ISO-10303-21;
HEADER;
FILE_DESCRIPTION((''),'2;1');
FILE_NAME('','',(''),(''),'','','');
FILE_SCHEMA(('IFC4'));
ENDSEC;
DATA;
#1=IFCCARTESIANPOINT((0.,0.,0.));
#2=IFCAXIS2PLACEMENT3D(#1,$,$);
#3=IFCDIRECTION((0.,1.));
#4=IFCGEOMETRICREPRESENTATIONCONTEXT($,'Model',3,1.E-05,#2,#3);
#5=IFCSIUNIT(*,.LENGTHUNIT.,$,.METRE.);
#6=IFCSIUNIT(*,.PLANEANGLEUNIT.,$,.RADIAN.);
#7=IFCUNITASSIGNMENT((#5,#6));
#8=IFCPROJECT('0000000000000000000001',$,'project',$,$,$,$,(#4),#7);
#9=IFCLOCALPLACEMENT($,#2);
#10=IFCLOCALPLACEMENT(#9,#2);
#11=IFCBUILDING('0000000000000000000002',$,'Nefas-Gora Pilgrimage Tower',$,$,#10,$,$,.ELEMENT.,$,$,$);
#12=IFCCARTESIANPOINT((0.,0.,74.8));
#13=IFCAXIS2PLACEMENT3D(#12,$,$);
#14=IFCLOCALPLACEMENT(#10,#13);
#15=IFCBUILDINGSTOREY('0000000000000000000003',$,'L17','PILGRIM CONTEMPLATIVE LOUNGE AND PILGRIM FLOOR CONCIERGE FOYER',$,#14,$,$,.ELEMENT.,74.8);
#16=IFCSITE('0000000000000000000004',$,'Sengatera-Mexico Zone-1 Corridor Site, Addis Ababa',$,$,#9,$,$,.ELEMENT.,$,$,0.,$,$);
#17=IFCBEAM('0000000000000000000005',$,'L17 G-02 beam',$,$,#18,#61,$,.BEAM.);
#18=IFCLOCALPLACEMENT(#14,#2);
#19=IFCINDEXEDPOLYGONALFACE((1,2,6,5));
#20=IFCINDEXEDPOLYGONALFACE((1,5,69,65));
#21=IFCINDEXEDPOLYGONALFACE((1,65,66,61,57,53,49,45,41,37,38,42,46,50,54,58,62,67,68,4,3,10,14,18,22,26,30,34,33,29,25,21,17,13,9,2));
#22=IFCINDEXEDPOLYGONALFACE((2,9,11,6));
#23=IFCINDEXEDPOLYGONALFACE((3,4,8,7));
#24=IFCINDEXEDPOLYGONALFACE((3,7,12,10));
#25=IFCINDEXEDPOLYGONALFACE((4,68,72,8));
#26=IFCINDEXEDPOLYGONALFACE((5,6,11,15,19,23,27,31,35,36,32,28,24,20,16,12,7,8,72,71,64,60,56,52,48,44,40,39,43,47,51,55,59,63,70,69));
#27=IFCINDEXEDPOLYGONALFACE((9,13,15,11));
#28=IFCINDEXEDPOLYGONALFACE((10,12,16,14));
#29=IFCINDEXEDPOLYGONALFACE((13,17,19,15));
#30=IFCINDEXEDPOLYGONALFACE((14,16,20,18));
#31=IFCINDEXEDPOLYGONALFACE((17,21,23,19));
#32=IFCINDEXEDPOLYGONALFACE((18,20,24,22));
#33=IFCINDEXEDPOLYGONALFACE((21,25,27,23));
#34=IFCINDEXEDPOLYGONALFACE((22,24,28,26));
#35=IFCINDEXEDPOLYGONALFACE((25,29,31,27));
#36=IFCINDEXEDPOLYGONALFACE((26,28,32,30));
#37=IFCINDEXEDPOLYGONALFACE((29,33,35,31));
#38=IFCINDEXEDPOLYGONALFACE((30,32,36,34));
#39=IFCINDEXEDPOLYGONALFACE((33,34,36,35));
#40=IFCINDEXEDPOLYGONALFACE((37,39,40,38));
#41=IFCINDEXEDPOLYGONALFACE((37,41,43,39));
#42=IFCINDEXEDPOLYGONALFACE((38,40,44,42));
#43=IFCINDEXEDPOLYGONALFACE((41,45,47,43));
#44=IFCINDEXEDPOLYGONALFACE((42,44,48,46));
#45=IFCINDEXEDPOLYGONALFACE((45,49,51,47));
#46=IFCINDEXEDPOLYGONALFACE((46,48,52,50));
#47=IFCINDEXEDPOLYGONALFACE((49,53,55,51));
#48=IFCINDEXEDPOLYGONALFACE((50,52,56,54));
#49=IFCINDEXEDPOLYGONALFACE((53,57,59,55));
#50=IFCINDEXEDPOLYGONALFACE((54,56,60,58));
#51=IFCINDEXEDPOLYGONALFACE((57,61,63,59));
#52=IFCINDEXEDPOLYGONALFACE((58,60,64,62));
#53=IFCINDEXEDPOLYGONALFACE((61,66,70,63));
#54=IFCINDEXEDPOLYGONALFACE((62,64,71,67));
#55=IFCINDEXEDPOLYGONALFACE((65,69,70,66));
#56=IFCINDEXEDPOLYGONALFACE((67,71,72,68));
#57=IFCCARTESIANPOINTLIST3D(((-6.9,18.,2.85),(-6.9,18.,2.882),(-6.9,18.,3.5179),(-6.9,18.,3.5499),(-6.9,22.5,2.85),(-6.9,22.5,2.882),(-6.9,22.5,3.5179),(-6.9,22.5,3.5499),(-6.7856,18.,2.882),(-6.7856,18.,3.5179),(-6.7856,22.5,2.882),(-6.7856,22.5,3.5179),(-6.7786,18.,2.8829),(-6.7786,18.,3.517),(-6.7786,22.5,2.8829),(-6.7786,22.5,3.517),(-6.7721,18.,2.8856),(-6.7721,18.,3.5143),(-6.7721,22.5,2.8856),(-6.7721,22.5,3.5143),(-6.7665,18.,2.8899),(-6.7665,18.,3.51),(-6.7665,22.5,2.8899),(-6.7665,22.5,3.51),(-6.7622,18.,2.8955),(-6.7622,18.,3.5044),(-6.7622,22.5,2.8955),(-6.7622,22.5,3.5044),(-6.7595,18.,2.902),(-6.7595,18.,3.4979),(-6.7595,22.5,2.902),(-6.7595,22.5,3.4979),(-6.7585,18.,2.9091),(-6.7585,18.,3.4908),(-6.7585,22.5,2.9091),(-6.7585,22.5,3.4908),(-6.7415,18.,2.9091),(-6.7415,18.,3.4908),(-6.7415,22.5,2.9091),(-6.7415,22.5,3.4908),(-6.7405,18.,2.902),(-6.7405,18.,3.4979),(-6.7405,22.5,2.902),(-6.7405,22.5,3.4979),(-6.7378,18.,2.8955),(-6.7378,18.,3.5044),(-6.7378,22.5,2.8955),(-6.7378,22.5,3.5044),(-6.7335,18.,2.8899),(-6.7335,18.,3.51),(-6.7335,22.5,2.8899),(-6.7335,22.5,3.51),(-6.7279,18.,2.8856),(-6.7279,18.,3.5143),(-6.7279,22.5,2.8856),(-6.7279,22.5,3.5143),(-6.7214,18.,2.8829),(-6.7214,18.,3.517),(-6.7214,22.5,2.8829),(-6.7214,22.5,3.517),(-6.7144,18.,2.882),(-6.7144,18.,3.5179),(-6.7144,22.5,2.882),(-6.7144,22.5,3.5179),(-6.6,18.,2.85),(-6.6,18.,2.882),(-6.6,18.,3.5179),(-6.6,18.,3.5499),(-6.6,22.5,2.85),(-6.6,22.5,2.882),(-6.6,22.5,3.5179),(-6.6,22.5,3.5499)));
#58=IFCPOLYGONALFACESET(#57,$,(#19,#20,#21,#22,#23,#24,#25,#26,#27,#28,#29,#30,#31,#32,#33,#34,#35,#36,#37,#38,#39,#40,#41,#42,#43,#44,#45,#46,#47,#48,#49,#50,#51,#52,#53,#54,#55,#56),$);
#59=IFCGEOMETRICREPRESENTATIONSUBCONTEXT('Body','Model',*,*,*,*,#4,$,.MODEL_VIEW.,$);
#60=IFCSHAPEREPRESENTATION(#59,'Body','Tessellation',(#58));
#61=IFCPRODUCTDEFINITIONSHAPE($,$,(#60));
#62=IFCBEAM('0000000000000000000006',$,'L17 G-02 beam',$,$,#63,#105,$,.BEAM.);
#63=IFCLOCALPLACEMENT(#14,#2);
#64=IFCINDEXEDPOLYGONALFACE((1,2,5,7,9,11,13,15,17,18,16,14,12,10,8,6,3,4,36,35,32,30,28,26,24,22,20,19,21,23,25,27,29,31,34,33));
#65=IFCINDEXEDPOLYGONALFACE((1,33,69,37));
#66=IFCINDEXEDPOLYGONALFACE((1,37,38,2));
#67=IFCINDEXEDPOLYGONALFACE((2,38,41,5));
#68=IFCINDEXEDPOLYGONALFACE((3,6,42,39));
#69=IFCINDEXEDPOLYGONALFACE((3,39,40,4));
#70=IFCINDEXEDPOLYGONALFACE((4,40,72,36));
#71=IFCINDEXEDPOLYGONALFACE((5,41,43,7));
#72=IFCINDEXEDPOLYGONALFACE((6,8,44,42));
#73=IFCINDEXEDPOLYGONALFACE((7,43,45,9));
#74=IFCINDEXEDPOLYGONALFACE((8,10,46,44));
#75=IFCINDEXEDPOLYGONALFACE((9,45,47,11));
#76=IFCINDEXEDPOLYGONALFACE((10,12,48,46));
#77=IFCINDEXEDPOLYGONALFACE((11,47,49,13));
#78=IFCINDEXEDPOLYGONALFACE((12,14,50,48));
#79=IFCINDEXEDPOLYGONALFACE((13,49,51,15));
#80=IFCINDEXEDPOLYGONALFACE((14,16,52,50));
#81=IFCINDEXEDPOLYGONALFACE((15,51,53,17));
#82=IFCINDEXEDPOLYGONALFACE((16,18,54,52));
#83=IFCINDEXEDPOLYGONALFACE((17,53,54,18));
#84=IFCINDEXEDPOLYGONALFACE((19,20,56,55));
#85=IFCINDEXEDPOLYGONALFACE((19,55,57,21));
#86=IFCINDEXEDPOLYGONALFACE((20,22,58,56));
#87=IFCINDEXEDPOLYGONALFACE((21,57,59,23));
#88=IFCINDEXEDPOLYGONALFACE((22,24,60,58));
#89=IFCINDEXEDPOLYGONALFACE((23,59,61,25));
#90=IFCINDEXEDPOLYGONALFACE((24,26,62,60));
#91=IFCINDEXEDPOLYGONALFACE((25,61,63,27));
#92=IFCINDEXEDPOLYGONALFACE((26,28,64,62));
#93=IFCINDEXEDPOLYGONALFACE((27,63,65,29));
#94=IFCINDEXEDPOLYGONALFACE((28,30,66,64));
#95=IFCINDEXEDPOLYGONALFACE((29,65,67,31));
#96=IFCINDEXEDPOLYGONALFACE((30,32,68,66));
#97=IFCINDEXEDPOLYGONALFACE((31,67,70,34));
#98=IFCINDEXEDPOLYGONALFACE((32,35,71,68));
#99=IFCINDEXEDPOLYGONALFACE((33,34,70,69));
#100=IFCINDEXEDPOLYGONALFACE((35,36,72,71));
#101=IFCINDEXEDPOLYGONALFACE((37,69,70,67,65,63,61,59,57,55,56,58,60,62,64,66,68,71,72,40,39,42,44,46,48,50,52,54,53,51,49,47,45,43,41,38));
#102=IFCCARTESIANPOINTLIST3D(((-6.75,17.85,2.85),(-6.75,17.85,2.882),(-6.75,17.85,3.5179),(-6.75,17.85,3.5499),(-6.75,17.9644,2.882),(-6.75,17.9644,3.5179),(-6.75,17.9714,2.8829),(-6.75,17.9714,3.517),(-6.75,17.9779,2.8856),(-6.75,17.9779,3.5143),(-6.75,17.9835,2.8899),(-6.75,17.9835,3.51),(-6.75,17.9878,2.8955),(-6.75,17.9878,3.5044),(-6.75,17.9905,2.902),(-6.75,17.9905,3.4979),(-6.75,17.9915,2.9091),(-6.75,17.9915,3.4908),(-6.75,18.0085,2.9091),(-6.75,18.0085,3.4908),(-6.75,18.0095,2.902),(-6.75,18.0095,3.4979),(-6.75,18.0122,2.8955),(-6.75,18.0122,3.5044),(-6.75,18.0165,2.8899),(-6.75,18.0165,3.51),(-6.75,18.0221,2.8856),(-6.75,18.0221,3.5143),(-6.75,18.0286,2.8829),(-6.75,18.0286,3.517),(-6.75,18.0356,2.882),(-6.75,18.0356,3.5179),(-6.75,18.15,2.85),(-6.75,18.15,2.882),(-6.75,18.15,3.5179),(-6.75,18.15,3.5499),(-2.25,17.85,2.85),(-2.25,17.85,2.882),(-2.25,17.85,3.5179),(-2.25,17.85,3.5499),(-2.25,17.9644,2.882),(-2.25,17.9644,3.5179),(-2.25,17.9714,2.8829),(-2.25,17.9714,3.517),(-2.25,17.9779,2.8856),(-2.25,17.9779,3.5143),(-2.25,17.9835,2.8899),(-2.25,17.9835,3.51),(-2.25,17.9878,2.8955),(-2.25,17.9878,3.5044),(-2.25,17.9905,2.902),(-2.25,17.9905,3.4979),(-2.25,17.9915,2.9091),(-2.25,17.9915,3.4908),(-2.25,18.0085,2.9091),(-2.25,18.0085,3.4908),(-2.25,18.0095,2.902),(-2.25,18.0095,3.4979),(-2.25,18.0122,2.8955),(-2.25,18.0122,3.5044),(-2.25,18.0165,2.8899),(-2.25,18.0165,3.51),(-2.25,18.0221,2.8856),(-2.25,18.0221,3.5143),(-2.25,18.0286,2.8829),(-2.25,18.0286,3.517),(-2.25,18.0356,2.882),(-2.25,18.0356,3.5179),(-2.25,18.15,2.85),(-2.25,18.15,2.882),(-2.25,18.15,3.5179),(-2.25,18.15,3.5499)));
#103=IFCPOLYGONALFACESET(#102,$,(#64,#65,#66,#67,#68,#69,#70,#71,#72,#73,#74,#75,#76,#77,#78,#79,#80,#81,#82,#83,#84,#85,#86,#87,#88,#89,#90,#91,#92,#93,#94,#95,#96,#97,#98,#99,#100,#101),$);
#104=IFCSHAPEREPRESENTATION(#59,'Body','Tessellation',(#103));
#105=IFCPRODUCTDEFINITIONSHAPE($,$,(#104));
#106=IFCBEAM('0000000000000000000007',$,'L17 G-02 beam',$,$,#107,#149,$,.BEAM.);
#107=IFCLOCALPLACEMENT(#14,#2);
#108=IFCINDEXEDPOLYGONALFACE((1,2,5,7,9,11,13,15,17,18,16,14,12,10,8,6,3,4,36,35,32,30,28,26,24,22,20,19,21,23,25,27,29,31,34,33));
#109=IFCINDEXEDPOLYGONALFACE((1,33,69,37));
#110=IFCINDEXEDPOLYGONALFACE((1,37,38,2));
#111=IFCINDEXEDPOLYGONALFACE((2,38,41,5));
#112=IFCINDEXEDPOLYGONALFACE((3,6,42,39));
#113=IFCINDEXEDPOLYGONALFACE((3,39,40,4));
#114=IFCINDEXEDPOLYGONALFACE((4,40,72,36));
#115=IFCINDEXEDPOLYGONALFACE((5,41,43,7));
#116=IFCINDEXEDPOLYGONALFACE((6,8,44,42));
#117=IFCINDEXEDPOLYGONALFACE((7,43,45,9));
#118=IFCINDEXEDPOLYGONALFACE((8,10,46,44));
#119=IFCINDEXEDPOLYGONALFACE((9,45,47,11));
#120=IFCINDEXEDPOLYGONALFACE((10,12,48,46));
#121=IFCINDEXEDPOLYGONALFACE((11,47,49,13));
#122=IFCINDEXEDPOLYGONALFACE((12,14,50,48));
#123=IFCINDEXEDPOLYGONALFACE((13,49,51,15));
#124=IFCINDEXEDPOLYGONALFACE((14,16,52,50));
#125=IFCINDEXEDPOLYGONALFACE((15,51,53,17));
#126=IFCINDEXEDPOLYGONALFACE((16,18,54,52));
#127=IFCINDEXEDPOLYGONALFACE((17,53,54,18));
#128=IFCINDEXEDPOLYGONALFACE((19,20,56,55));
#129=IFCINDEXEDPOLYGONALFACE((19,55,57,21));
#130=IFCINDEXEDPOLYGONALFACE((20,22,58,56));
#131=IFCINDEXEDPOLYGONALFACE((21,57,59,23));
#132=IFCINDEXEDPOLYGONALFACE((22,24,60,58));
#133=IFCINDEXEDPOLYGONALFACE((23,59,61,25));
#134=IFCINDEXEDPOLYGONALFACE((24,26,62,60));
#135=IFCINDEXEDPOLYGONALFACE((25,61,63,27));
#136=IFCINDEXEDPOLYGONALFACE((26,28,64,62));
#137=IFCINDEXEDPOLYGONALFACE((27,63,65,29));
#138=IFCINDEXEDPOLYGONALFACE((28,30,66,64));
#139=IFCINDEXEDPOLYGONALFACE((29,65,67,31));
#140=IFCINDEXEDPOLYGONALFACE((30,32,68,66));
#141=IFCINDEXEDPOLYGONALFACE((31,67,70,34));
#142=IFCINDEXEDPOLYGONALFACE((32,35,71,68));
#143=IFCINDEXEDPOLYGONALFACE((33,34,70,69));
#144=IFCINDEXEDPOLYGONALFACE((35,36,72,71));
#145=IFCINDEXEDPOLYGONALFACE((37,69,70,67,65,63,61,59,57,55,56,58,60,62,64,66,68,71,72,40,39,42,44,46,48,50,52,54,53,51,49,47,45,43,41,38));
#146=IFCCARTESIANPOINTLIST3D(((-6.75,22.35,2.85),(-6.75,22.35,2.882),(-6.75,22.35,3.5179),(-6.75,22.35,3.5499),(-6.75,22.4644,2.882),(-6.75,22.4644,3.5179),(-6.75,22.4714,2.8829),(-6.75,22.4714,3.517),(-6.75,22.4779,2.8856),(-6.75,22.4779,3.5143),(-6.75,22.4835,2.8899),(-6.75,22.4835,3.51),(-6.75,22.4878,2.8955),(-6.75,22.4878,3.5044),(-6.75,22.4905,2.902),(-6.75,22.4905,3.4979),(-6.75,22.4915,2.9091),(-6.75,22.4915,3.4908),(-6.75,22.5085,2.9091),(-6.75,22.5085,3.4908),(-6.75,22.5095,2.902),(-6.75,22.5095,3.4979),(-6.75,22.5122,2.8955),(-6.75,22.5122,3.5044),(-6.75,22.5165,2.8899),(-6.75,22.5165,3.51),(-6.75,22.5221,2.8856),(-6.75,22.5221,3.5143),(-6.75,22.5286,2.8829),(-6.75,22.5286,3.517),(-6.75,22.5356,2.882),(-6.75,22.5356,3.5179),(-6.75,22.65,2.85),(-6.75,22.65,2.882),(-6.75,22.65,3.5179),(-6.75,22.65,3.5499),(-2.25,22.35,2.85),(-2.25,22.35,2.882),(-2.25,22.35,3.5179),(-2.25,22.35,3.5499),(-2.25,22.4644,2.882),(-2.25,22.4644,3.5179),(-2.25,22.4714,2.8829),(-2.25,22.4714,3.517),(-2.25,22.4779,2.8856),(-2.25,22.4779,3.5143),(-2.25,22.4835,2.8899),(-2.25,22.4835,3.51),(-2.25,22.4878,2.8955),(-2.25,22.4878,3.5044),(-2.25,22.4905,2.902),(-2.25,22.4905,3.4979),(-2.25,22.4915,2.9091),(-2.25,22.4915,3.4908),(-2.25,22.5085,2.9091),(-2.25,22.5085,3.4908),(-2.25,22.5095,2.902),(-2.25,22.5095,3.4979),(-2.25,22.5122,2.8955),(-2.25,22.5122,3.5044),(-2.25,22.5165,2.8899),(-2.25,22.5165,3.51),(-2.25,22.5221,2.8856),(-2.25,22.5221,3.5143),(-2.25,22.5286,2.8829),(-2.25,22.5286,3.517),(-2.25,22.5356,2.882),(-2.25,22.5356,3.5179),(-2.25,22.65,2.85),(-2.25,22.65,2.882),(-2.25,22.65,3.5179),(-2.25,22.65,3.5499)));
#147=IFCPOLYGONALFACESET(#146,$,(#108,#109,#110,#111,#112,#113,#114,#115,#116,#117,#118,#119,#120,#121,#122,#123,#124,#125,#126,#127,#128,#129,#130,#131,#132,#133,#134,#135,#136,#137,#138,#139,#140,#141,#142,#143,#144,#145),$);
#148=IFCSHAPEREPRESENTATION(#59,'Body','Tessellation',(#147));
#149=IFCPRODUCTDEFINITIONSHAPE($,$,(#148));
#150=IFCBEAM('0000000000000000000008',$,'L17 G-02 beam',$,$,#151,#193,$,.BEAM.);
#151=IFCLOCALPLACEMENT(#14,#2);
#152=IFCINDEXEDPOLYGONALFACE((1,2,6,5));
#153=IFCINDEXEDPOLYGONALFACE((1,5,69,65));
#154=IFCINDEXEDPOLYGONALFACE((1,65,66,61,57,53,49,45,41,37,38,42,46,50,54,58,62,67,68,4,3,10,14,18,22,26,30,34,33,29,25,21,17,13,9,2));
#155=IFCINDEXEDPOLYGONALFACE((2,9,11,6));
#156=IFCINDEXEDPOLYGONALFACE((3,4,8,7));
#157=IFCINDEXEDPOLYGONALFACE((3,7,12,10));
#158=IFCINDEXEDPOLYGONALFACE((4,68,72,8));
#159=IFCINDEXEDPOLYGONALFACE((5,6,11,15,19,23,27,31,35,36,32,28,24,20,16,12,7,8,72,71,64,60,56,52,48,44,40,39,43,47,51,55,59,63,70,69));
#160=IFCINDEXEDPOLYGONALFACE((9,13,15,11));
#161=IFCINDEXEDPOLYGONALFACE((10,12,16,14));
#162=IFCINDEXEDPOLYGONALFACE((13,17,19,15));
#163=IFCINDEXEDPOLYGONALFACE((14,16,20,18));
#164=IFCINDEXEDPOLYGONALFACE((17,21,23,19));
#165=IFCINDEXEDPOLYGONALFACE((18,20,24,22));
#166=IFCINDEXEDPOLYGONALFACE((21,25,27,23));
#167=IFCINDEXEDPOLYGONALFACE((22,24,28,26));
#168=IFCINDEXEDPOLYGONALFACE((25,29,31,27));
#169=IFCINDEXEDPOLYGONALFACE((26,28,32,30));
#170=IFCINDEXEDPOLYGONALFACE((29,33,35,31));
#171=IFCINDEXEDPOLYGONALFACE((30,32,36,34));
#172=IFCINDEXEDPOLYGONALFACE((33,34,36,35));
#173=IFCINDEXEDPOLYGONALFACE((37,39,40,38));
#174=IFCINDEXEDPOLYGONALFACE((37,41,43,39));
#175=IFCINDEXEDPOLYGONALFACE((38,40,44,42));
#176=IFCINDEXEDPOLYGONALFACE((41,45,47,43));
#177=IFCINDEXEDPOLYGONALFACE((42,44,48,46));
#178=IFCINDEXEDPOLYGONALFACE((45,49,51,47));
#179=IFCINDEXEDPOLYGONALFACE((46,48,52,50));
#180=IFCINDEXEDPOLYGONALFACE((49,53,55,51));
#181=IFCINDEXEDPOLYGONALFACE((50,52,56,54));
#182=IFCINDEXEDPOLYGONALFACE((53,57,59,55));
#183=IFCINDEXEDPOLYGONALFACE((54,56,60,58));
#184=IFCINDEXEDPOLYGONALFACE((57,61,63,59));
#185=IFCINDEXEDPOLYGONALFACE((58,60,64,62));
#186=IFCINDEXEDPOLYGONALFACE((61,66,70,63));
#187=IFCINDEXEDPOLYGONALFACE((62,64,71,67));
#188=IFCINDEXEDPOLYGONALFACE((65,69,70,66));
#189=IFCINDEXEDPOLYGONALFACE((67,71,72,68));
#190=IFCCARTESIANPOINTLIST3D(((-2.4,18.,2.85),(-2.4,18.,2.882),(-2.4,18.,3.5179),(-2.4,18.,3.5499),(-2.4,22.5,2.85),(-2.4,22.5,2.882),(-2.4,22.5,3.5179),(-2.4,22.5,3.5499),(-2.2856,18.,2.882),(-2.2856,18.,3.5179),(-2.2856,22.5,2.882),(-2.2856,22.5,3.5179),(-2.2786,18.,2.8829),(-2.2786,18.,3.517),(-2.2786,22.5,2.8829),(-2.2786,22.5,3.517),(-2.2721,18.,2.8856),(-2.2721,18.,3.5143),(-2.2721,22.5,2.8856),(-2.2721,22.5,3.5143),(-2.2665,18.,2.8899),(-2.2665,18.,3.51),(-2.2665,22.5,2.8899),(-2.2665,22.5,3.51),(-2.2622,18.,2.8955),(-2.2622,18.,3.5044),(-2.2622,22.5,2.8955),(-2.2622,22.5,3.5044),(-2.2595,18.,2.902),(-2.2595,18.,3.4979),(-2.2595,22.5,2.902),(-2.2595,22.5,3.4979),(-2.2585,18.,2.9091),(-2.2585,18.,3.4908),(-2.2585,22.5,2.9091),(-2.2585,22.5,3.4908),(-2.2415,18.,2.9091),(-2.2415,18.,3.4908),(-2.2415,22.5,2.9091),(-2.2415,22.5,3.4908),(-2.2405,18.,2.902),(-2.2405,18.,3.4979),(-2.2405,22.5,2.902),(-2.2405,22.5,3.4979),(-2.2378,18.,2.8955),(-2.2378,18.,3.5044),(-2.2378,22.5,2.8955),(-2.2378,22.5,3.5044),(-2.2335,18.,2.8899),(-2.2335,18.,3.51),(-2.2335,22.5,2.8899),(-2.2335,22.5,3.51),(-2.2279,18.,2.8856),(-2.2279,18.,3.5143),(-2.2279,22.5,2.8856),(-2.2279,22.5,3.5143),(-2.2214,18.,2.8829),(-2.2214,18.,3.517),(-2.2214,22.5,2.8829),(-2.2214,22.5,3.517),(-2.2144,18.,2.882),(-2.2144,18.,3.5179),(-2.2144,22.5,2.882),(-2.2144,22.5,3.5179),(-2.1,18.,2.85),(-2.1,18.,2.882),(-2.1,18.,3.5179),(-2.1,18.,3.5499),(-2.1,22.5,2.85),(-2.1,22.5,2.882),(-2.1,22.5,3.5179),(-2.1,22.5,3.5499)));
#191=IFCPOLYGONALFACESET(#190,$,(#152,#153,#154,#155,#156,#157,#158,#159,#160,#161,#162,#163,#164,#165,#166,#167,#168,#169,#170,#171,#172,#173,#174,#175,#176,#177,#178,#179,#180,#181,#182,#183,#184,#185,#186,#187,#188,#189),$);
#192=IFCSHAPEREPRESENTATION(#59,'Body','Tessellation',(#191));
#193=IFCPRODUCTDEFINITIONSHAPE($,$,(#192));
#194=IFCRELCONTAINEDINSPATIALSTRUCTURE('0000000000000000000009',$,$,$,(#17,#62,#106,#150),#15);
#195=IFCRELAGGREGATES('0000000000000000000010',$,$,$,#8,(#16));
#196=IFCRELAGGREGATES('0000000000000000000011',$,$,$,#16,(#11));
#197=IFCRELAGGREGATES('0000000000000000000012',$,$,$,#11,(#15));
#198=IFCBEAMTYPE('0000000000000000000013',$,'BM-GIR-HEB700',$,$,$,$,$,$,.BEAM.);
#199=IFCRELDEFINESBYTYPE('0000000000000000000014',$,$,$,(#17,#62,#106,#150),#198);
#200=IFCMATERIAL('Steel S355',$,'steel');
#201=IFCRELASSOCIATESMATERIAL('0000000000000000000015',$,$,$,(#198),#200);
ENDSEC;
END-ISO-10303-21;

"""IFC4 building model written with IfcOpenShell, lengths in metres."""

from ifc_helpers import new_model, si_unit, direction, frame, origin, origin_2d, place, context, subcontext, project, spatial, i_section, extrude, source, transform, mapped, material, material_profile, profile_set, type_object, element, save


model = new_model("IFC4")

# Units and contexts
model_context = context("Model", 3, precision=1e-05, world=origin(), true_north=direction((0.0, 1.0)))
body_context = subcontext(model_context, "Body", "Model", "MODEL_VIEW")
ifc_project = project(units=[si_unit("LENGTHUNIT", "METRE"), si_unit("PLANEANGLEUNIT", "RADIAN")], contexts=[model_context])

# Site, building, storey
site_placement = place(None, origin())
site = spatial("IfcSite", under=ifc_project, at=site_placement, Name="Sengatera-Mexico Zone-1 Corridor Site, Addis Ababa", CompositionType="ELEMENT", RefElevation=0.0)
building_placement = place(site_placement, origin())
building = spatial("IfcBuilding", under=site, at=building_placement, Name="Nefas-Gora Pilgrimage Tower", CompositionType="ELEMENT")
storey_placement = place(building_placement, frame((0.0, 0.0, 74.8)))
storey = spatial("IfcBuildingStorey", under=building, at=storey_placement, Name="L17", Description="PILGRIM CONTEMPLATIVE LOUNGE AND PILGRIM FLOOR CONCIERGE FOYER", CompositionType="ELEMENT", Elevation=74.8)

# Beams
ifc_material_1 = material(Name="Steel S355", Category="steel")
ifc_material_profile_1 = material_profile(ifc_material_1, i_section(OverallWidth=0.3, OverallDepth=0.7, WebThickness=0.0171, FlangeThickness=0.032, FilletRadius=0.0271, at=origin_2d()), Name="HEB 700")
ifc_profile_set_1 = profile_set([ifc_material_profile_1], Name="Steel S355")
beam_type = type_object("IfcBeamType", Name="BM-GIR-HEB700", PredefinedType="BEAM", material=ifc_profile_set_1)
shared_shape_1 = source(origin(), body_context, "Body", "SweptSolid", [
    extrude(i_section(OverallWidth=0.3, OverallDepth=0.7, WebThickness=0.0171, FlangeThickness=0.032, FilletRadius=0.0271, at=origin_2d()), origin(), (0.0, 0.0, 1.0), 4.5),
])
for number, where, z_axis, x_axis, name in (
    (1, (-6.75, 18.0, 3.2), (0.0, 1.0, 0.0), (-1.0, 0.0, 0.0), "L17 G-02 beam"),
    (2, (-6.75, 18.0, 3.2), (1.0, 0.0, 0.0), (0.0, 1.0, 0.0), "L17 G-02 beam"),
    (3, (-6.75, 22.5, 3.2), (1.0, 0.0, 0.0), (0.0, 1.0, 0.0), "L17 G-02 beam"),
    (4, (-2.25, 18.0, 3.2), (0.0, 1.0, 0.0), (-1.0, 0.0, 0.0), "L17 G-02 beam"),
):
    element("IfcBeam", number, at=place(storey_placement, frame(where, z_axis=z_axis, x_axis=x_axis)), inside=storey, type_object=beam_type, Name=name, PredefinedType="BEAM", context=body_context, shape_type="MappedRepresentation", body=[
        mapped(shared_shape_1, transform((0.0, 0.0, 0.0), x_axis=(1.0, 0.0, 0.0), y_axis=(0.0, 1.0, 0.0), z_axis=(0.0, 0.0, 1.0), scale=1.0)),
    ])

save(model, "model.ifc")
